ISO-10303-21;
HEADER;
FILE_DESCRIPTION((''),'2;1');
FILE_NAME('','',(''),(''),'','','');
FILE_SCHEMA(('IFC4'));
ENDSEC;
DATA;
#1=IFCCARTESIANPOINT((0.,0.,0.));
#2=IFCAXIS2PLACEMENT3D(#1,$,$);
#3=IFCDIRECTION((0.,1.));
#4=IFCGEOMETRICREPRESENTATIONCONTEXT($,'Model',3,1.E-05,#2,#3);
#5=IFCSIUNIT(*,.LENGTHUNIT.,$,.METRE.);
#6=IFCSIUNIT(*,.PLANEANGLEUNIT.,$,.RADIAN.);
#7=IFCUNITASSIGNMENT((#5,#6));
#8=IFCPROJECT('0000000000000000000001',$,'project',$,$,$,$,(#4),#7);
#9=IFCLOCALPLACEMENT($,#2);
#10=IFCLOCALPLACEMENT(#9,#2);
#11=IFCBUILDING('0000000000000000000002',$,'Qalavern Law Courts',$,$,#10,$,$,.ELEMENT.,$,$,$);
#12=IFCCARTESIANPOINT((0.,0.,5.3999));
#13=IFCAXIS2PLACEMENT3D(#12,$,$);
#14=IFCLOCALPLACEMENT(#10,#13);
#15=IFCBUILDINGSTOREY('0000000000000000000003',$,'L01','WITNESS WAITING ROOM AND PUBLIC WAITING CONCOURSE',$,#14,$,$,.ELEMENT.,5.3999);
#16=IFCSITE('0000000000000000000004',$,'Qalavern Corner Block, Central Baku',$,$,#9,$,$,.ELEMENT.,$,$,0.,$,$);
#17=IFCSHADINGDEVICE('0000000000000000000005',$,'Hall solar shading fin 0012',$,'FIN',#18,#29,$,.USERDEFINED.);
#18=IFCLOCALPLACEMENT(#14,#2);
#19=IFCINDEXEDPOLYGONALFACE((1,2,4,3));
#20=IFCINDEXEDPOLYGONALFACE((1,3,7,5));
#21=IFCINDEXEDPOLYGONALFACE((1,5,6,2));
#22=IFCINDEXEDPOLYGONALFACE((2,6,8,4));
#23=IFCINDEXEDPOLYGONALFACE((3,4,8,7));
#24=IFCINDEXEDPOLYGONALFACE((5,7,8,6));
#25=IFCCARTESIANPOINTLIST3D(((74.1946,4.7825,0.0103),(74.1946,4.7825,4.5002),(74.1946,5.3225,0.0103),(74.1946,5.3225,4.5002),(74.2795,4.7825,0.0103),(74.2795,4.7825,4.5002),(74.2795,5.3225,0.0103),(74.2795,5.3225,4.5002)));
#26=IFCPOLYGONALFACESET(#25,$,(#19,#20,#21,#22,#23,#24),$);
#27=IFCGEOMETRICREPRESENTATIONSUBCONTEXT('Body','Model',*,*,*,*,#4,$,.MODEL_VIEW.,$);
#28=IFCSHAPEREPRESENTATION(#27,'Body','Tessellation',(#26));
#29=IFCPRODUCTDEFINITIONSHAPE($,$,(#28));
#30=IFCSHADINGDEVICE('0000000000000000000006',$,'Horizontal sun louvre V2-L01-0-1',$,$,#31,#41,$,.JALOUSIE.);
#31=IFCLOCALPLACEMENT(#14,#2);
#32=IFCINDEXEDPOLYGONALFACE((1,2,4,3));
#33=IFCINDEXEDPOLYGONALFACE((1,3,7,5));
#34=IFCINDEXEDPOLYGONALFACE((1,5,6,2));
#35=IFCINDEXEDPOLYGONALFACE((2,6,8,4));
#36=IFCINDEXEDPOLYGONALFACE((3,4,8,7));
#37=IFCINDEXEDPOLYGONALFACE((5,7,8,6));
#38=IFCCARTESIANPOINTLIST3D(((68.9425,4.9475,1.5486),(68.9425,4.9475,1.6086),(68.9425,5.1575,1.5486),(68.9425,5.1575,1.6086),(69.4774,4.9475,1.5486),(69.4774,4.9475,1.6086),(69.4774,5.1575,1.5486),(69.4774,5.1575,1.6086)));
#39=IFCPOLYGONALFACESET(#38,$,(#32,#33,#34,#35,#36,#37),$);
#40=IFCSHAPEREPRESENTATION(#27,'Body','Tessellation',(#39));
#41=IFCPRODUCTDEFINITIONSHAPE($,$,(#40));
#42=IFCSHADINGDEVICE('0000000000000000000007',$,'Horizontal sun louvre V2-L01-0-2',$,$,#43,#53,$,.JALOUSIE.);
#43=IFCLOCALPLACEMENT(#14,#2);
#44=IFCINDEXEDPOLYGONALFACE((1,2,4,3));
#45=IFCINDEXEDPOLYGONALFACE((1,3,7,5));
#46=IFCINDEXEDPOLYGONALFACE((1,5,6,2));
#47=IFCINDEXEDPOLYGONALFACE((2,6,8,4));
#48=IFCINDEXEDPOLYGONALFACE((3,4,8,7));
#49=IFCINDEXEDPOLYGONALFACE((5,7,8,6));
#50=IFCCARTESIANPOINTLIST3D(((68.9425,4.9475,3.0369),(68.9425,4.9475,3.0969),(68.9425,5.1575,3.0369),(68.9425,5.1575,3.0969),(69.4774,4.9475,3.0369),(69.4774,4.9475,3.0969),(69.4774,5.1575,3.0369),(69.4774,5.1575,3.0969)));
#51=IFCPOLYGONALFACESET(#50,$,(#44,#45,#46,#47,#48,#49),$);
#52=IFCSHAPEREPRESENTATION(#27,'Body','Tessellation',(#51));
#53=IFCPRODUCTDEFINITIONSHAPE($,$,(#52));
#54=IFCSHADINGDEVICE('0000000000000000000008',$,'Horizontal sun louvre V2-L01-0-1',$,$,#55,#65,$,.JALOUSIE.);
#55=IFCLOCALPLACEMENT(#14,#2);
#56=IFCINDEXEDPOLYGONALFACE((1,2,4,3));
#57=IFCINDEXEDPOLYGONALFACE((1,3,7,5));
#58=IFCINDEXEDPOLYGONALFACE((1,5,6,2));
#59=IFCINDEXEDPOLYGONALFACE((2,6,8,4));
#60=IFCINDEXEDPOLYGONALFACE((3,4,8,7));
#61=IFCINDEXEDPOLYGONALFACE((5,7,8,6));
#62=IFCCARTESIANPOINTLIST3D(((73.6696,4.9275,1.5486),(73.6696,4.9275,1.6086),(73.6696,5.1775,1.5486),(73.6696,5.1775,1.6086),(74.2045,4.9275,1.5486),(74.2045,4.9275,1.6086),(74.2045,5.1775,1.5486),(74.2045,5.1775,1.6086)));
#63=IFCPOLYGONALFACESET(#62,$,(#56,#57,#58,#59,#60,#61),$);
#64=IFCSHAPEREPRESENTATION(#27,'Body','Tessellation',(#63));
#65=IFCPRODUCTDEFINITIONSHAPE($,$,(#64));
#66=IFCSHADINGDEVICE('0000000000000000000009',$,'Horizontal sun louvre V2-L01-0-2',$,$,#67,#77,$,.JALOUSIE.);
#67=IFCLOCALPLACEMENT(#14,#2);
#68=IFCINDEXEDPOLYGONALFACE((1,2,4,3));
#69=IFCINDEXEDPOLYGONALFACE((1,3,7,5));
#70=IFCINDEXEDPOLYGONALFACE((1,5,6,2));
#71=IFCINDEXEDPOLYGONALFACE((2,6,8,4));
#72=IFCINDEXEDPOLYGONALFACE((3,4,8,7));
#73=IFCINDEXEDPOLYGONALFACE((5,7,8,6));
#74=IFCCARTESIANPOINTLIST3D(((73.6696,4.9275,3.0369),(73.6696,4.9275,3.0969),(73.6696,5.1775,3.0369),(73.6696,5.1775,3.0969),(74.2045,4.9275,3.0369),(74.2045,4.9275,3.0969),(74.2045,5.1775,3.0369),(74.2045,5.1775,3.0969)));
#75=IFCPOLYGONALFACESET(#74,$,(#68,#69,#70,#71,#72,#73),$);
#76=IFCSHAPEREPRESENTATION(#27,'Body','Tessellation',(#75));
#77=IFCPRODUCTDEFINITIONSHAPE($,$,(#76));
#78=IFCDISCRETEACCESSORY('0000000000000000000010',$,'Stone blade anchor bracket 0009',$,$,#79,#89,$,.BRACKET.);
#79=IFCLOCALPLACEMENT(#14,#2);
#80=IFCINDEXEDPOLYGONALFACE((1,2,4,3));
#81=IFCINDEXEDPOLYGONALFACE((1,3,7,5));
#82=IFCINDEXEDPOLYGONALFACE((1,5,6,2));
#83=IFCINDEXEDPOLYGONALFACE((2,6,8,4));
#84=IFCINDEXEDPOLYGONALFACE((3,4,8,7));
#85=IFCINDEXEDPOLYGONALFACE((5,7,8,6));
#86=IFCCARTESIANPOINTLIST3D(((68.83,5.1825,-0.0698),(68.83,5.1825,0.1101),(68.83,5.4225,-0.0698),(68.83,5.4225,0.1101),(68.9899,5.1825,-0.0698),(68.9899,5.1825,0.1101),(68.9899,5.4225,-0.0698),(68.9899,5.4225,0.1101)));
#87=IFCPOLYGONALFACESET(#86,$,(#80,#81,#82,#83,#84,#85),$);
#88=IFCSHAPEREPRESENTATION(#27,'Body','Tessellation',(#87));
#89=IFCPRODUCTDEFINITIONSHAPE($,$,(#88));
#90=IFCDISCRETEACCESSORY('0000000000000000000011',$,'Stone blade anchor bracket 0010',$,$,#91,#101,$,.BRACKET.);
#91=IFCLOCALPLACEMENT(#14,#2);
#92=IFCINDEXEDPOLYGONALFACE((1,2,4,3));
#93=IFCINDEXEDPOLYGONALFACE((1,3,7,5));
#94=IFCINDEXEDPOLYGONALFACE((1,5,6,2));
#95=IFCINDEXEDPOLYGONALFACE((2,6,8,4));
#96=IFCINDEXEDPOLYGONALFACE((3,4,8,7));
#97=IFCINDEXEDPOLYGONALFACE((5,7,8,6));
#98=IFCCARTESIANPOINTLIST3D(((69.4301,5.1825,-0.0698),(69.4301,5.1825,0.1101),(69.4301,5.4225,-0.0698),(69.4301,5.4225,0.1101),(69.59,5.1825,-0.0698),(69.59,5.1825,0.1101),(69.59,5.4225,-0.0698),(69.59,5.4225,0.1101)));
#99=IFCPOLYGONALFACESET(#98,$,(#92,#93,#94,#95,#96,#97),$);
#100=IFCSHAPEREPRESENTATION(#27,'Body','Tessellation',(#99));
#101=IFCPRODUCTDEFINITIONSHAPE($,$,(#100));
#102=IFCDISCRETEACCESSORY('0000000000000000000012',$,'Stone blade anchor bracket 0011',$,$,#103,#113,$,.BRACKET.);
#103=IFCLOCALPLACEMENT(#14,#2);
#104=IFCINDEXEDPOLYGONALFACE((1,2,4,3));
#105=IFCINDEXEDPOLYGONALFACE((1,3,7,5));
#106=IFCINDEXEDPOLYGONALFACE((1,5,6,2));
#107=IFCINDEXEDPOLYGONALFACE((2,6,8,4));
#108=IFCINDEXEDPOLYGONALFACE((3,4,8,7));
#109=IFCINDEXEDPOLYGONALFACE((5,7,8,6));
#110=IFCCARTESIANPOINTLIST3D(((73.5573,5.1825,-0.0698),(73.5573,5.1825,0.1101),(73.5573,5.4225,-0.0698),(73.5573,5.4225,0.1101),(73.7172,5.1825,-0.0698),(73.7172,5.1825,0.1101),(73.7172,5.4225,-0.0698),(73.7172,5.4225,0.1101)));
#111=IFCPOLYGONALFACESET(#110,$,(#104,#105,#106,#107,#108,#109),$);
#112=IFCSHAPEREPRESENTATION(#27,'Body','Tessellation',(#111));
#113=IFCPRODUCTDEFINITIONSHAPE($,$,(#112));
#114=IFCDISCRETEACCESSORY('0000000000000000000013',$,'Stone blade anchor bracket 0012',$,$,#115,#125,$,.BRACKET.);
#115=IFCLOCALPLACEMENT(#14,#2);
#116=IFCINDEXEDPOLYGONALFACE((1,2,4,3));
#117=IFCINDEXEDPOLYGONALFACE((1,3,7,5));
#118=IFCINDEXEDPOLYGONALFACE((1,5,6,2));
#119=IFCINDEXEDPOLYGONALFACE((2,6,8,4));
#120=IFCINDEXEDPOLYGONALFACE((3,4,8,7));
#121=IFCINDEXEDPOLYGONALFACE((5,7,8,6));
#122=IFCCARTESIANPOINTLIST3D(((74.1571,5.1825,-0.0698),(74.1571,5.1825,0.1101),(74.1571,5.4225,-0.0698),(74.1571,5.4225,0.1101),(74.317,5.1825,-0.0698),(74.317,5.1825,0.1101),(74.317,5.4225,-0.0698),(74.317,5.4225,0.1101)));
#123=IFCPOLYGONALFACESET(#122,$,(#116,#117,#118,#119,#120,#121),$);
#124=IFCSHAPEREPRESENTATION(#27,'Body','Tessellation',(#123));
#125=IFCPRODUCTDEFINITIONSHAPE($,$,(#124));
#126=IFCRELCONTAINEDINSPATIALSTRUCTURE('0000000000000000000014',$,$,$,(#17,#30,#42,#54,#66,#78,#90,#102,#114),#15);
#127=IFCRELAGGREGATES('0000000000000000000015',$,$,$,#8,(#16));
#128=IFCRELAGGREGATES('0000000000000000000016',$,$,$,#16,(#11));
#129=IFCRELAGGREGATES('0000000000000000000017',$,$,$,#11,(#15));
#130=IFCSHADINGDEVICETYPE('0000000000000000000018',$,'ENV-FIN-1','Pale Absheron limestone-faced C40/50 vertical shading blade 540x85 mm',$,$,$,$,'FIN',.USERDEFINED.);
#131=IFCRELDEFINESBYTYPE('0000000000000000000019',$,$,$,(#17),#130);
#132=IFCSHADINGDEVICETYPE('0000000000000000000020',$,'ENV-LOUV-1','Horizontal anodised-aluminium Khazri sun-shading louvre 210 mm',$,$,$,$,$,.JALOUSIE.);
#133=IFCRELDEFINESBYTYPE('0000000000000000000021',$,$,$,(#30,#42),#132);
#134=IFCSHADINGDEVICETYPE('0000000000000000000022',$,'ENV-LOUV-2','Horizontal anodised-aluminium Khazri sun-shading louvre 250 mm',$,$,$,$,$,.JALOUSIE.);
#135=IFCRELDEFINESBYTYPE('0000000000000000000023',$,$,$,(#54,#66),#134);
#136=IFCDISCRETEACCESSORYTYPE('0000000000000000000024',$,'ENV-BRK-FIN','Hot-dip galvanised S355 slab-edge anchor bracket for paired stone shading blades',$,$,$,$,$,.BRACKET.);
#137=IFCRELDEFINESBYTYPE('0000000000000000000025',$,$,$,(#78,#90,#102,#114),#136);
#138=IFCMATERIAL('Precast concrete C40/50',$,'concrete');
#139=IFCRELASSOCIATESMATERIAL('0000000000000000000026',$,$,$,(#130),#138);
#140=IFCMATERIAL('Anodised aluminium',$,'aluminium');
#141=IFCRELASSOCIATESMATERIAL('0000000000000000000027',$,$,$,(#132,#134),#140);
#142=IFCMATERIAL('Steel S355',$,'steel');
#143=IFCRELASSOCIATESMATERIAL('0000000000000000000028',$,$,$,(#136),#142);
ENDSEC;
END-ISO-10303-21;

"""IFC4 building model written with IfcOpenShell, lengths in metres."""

from ifc_helpers import new_model, si_unit, direction, frame, origin, origin_2d, place, context, subcontext, project, spatial, rectangle, extrude, material, type_object, element, save


model = new_model("IFC4")

# Units and contexts
model_context = context("Model", 3, precision=1e-05, world=origin(), true_north=direction((0.0, 1.0)))
body_context = subcontext(model_context, "Body", "Model", "MODEL_VIEW")
ifc_project = project(units=[si_unit("LENGTHUNIT", "METRE"), si_unit("PLANEANGLEUNIT", "RADIAN")], contexts=[model_context])

# Site, building, storey
site_placement = place(None, origin())
site = spatial("IfcSite", under=ifc_project, at=site_placement, Name="Qalavern Corner Block, Central Baku", CompositionType="ELEMENT", RefElevation=0.0)
building_placement = place(site_placement, origin())
building = spatial("IfcBuilding", under=site, at=building_placement, Name="Qalavern Law Courts", CompositionType="ELEMENT")
storey_placement = place(building_placement, frame((0.0, 0.0, 5.3999)))
storey = spatial("IfcBuildingStorey", under=building, at=storey_placement, Name="L01", Description="WITNESS WAITING ROOM AND PUBLIC WAITING CONCOURSE", CompositionType="ELEMENT", Elevation=5.3999)

# Shared definitions
ifc_material_1 = material(Name="Anodised aluminium", Category="aluminium")

# Shared definitions
ifc_material_2 = material(Name="Precast concrete C40/50", Category="concrete")

# Shading devices
shading_device_type_1 = type_object("IfcShadingDeviceType", Name="ENV-FIN-1", Description="Pale Absheron limestone-faced C40/50 vertical shading blade 540x85 mm", ElementType="FIN", PredefinedType="USERDEFINED", material=ifc_material_2)
for number, where, z_axis, x_axis, name in (
    (1, (74.2371, 5.0525, 0.0103), (0.0, 0.0, 1.0), (0.0, -1.0, 0.0), "Hall solar shading fin 0012"),
):
    element("IfcShadingDevice", number, at=place(storey_placement, frame(where, z_axis=z_axis, x_axis=x_axis)), inside=storey, type_object=shading_device_type_1, Name=name, ObjectType="FIN", PredefinedType="USERDEFINED", context=body_context, shape_type="SweptSolid", body=[
        extrude(rectangle(XDim=0.54, YDim=0.085, at=origin_2d()), origin(), (0.0, 0.0, 1.0), 4.49),
    ])
shading_device_type_2 = type_object("IfcShadingDeviceType", Name="ENV-LOUV-1", Description="Horizontal anodised-aluminium Khazri sun-shading louvre 210 mm", PredefinedType="JALOUSIE", material=ifc_material_1)
for number, where, z_axis, x_axis, name in (
    (2, (69.21, 5.0525, 1.5486), (0.0, 0.0, 1.0), (1.0, 0.0, 0.0), "Horizontal sun louvre V2-L01-0-1"),
    (3, (69.21, 5.0525, 3.0369), (0.0, 0.0, 1.0), (1.0, 0.0, 0.0), "Horizontal sun louvre V2-L01-0-2"),
):
    element("IfcShadingDevice", number, at=place(storey_placement, frame(where, z_axis=z_axis, x_axis=x_axis)), inside=storey, type_object=shading_device_type_2, Name=name, PredefinedType="JALOUSIE", context=body_context, shape_type="SweptSolid", body=[
        extrude(rectangle(XDim=0.5349, YDim=0.21, at=origin_2d()), origin(), (0.0, 0.0, 1.0), 0.0601),
    ])
shading_device_type_3 = type_object("IfcShadingDeviceType", Name="ENV-LOUV-2", Description="Horizontal anodised-aluminium Khazri sun-shading louvre 250 mm", PredefinedType="JALOUSIE", material=ifc_material_1)
for number, where, z_axis, x_axis, name in (
    (4, (73.937, 5.0525, 1.5486), (0.0, 0.0, 1.0), (1.0, 0.0, 0.0), "Horizontal sun louvre V2-L01-0-1"),
    (5, (73.937, 5.0525, 3.0369), (0.0, 0.0, 1.0), (1.0, 0.0, 0.0), "Horizontal sun louvre V2-L01-0-2"),
):
    element("IfcShadingDevice", number, at=place(storey_placement, frame(where, z_axis=z_axis, x_axis=x_axis)), inside=storey, type_object=shading_device_type_3, Name=name, PredefinedType="JALOUSIE", context=body_context, shape_type="SweptSolid", body=[
        extrude(rectangle(XDim=0.5349, YDim=0.25, at=origin_2d()), origin(), (0.0, 0.0, 1.0), 0.0601),
    ])

# Discrete accessories
ifc_material_3 = material(Name="Steel S355", Category="steel")
discrete_accessory_type = type_object("IfcDiscreteAccessoryType", Name="ENV-BRK-FIN", Description="Hot-dip galvanised S355 slab-edge anchor bracket for paired stone shading blades", PredefinedType="BRACKET", material=ifc_material_3)
for number, where, z_axis, x_axis, name in (
    (6, (68.9099, 5.3025, -0.0698), (0.0, 0.0, 1.0), (0.0, -1.0, 0.0), "Stone blade anchor bracket 0009"),
    (7, (69.51, 5.3025, -0.0698), (0.0, 0.0, 1.0), (0.0, -1.0, 0.0), "Stone blade anchor bracket 0010"),
    (8, (73.6372, 5.3025, -0.0698), (0.0, 0.0, 1.0), (0.0, -1.0, 0.0), "Stone blade anchor bracket 0011"),
    (9, (74.2371, 5.3025, -0.0698), (0.0, 0.0, 1.0), (0.0, -1.0, 0.0), "Stone blade anchor bracket 0012"),
):
    element("IfcDiscreteAccessory", number, at=place(storey_placement, frame(where, z_axis=z_axis, x_axis=x_axis)), inside=storey, type_object=discrete_accessory_type, Name=name, PredefinedType="BRACKET", context=body_context, shape_type="SweptSolid", body=[
        extrude(rectangle(XDim=0.24, YDim=0.1599, at=origin_2d()), origin(), (0.0, 0.0, 1.0), 0.1799),
    ])

save(model, "model.ifc")
